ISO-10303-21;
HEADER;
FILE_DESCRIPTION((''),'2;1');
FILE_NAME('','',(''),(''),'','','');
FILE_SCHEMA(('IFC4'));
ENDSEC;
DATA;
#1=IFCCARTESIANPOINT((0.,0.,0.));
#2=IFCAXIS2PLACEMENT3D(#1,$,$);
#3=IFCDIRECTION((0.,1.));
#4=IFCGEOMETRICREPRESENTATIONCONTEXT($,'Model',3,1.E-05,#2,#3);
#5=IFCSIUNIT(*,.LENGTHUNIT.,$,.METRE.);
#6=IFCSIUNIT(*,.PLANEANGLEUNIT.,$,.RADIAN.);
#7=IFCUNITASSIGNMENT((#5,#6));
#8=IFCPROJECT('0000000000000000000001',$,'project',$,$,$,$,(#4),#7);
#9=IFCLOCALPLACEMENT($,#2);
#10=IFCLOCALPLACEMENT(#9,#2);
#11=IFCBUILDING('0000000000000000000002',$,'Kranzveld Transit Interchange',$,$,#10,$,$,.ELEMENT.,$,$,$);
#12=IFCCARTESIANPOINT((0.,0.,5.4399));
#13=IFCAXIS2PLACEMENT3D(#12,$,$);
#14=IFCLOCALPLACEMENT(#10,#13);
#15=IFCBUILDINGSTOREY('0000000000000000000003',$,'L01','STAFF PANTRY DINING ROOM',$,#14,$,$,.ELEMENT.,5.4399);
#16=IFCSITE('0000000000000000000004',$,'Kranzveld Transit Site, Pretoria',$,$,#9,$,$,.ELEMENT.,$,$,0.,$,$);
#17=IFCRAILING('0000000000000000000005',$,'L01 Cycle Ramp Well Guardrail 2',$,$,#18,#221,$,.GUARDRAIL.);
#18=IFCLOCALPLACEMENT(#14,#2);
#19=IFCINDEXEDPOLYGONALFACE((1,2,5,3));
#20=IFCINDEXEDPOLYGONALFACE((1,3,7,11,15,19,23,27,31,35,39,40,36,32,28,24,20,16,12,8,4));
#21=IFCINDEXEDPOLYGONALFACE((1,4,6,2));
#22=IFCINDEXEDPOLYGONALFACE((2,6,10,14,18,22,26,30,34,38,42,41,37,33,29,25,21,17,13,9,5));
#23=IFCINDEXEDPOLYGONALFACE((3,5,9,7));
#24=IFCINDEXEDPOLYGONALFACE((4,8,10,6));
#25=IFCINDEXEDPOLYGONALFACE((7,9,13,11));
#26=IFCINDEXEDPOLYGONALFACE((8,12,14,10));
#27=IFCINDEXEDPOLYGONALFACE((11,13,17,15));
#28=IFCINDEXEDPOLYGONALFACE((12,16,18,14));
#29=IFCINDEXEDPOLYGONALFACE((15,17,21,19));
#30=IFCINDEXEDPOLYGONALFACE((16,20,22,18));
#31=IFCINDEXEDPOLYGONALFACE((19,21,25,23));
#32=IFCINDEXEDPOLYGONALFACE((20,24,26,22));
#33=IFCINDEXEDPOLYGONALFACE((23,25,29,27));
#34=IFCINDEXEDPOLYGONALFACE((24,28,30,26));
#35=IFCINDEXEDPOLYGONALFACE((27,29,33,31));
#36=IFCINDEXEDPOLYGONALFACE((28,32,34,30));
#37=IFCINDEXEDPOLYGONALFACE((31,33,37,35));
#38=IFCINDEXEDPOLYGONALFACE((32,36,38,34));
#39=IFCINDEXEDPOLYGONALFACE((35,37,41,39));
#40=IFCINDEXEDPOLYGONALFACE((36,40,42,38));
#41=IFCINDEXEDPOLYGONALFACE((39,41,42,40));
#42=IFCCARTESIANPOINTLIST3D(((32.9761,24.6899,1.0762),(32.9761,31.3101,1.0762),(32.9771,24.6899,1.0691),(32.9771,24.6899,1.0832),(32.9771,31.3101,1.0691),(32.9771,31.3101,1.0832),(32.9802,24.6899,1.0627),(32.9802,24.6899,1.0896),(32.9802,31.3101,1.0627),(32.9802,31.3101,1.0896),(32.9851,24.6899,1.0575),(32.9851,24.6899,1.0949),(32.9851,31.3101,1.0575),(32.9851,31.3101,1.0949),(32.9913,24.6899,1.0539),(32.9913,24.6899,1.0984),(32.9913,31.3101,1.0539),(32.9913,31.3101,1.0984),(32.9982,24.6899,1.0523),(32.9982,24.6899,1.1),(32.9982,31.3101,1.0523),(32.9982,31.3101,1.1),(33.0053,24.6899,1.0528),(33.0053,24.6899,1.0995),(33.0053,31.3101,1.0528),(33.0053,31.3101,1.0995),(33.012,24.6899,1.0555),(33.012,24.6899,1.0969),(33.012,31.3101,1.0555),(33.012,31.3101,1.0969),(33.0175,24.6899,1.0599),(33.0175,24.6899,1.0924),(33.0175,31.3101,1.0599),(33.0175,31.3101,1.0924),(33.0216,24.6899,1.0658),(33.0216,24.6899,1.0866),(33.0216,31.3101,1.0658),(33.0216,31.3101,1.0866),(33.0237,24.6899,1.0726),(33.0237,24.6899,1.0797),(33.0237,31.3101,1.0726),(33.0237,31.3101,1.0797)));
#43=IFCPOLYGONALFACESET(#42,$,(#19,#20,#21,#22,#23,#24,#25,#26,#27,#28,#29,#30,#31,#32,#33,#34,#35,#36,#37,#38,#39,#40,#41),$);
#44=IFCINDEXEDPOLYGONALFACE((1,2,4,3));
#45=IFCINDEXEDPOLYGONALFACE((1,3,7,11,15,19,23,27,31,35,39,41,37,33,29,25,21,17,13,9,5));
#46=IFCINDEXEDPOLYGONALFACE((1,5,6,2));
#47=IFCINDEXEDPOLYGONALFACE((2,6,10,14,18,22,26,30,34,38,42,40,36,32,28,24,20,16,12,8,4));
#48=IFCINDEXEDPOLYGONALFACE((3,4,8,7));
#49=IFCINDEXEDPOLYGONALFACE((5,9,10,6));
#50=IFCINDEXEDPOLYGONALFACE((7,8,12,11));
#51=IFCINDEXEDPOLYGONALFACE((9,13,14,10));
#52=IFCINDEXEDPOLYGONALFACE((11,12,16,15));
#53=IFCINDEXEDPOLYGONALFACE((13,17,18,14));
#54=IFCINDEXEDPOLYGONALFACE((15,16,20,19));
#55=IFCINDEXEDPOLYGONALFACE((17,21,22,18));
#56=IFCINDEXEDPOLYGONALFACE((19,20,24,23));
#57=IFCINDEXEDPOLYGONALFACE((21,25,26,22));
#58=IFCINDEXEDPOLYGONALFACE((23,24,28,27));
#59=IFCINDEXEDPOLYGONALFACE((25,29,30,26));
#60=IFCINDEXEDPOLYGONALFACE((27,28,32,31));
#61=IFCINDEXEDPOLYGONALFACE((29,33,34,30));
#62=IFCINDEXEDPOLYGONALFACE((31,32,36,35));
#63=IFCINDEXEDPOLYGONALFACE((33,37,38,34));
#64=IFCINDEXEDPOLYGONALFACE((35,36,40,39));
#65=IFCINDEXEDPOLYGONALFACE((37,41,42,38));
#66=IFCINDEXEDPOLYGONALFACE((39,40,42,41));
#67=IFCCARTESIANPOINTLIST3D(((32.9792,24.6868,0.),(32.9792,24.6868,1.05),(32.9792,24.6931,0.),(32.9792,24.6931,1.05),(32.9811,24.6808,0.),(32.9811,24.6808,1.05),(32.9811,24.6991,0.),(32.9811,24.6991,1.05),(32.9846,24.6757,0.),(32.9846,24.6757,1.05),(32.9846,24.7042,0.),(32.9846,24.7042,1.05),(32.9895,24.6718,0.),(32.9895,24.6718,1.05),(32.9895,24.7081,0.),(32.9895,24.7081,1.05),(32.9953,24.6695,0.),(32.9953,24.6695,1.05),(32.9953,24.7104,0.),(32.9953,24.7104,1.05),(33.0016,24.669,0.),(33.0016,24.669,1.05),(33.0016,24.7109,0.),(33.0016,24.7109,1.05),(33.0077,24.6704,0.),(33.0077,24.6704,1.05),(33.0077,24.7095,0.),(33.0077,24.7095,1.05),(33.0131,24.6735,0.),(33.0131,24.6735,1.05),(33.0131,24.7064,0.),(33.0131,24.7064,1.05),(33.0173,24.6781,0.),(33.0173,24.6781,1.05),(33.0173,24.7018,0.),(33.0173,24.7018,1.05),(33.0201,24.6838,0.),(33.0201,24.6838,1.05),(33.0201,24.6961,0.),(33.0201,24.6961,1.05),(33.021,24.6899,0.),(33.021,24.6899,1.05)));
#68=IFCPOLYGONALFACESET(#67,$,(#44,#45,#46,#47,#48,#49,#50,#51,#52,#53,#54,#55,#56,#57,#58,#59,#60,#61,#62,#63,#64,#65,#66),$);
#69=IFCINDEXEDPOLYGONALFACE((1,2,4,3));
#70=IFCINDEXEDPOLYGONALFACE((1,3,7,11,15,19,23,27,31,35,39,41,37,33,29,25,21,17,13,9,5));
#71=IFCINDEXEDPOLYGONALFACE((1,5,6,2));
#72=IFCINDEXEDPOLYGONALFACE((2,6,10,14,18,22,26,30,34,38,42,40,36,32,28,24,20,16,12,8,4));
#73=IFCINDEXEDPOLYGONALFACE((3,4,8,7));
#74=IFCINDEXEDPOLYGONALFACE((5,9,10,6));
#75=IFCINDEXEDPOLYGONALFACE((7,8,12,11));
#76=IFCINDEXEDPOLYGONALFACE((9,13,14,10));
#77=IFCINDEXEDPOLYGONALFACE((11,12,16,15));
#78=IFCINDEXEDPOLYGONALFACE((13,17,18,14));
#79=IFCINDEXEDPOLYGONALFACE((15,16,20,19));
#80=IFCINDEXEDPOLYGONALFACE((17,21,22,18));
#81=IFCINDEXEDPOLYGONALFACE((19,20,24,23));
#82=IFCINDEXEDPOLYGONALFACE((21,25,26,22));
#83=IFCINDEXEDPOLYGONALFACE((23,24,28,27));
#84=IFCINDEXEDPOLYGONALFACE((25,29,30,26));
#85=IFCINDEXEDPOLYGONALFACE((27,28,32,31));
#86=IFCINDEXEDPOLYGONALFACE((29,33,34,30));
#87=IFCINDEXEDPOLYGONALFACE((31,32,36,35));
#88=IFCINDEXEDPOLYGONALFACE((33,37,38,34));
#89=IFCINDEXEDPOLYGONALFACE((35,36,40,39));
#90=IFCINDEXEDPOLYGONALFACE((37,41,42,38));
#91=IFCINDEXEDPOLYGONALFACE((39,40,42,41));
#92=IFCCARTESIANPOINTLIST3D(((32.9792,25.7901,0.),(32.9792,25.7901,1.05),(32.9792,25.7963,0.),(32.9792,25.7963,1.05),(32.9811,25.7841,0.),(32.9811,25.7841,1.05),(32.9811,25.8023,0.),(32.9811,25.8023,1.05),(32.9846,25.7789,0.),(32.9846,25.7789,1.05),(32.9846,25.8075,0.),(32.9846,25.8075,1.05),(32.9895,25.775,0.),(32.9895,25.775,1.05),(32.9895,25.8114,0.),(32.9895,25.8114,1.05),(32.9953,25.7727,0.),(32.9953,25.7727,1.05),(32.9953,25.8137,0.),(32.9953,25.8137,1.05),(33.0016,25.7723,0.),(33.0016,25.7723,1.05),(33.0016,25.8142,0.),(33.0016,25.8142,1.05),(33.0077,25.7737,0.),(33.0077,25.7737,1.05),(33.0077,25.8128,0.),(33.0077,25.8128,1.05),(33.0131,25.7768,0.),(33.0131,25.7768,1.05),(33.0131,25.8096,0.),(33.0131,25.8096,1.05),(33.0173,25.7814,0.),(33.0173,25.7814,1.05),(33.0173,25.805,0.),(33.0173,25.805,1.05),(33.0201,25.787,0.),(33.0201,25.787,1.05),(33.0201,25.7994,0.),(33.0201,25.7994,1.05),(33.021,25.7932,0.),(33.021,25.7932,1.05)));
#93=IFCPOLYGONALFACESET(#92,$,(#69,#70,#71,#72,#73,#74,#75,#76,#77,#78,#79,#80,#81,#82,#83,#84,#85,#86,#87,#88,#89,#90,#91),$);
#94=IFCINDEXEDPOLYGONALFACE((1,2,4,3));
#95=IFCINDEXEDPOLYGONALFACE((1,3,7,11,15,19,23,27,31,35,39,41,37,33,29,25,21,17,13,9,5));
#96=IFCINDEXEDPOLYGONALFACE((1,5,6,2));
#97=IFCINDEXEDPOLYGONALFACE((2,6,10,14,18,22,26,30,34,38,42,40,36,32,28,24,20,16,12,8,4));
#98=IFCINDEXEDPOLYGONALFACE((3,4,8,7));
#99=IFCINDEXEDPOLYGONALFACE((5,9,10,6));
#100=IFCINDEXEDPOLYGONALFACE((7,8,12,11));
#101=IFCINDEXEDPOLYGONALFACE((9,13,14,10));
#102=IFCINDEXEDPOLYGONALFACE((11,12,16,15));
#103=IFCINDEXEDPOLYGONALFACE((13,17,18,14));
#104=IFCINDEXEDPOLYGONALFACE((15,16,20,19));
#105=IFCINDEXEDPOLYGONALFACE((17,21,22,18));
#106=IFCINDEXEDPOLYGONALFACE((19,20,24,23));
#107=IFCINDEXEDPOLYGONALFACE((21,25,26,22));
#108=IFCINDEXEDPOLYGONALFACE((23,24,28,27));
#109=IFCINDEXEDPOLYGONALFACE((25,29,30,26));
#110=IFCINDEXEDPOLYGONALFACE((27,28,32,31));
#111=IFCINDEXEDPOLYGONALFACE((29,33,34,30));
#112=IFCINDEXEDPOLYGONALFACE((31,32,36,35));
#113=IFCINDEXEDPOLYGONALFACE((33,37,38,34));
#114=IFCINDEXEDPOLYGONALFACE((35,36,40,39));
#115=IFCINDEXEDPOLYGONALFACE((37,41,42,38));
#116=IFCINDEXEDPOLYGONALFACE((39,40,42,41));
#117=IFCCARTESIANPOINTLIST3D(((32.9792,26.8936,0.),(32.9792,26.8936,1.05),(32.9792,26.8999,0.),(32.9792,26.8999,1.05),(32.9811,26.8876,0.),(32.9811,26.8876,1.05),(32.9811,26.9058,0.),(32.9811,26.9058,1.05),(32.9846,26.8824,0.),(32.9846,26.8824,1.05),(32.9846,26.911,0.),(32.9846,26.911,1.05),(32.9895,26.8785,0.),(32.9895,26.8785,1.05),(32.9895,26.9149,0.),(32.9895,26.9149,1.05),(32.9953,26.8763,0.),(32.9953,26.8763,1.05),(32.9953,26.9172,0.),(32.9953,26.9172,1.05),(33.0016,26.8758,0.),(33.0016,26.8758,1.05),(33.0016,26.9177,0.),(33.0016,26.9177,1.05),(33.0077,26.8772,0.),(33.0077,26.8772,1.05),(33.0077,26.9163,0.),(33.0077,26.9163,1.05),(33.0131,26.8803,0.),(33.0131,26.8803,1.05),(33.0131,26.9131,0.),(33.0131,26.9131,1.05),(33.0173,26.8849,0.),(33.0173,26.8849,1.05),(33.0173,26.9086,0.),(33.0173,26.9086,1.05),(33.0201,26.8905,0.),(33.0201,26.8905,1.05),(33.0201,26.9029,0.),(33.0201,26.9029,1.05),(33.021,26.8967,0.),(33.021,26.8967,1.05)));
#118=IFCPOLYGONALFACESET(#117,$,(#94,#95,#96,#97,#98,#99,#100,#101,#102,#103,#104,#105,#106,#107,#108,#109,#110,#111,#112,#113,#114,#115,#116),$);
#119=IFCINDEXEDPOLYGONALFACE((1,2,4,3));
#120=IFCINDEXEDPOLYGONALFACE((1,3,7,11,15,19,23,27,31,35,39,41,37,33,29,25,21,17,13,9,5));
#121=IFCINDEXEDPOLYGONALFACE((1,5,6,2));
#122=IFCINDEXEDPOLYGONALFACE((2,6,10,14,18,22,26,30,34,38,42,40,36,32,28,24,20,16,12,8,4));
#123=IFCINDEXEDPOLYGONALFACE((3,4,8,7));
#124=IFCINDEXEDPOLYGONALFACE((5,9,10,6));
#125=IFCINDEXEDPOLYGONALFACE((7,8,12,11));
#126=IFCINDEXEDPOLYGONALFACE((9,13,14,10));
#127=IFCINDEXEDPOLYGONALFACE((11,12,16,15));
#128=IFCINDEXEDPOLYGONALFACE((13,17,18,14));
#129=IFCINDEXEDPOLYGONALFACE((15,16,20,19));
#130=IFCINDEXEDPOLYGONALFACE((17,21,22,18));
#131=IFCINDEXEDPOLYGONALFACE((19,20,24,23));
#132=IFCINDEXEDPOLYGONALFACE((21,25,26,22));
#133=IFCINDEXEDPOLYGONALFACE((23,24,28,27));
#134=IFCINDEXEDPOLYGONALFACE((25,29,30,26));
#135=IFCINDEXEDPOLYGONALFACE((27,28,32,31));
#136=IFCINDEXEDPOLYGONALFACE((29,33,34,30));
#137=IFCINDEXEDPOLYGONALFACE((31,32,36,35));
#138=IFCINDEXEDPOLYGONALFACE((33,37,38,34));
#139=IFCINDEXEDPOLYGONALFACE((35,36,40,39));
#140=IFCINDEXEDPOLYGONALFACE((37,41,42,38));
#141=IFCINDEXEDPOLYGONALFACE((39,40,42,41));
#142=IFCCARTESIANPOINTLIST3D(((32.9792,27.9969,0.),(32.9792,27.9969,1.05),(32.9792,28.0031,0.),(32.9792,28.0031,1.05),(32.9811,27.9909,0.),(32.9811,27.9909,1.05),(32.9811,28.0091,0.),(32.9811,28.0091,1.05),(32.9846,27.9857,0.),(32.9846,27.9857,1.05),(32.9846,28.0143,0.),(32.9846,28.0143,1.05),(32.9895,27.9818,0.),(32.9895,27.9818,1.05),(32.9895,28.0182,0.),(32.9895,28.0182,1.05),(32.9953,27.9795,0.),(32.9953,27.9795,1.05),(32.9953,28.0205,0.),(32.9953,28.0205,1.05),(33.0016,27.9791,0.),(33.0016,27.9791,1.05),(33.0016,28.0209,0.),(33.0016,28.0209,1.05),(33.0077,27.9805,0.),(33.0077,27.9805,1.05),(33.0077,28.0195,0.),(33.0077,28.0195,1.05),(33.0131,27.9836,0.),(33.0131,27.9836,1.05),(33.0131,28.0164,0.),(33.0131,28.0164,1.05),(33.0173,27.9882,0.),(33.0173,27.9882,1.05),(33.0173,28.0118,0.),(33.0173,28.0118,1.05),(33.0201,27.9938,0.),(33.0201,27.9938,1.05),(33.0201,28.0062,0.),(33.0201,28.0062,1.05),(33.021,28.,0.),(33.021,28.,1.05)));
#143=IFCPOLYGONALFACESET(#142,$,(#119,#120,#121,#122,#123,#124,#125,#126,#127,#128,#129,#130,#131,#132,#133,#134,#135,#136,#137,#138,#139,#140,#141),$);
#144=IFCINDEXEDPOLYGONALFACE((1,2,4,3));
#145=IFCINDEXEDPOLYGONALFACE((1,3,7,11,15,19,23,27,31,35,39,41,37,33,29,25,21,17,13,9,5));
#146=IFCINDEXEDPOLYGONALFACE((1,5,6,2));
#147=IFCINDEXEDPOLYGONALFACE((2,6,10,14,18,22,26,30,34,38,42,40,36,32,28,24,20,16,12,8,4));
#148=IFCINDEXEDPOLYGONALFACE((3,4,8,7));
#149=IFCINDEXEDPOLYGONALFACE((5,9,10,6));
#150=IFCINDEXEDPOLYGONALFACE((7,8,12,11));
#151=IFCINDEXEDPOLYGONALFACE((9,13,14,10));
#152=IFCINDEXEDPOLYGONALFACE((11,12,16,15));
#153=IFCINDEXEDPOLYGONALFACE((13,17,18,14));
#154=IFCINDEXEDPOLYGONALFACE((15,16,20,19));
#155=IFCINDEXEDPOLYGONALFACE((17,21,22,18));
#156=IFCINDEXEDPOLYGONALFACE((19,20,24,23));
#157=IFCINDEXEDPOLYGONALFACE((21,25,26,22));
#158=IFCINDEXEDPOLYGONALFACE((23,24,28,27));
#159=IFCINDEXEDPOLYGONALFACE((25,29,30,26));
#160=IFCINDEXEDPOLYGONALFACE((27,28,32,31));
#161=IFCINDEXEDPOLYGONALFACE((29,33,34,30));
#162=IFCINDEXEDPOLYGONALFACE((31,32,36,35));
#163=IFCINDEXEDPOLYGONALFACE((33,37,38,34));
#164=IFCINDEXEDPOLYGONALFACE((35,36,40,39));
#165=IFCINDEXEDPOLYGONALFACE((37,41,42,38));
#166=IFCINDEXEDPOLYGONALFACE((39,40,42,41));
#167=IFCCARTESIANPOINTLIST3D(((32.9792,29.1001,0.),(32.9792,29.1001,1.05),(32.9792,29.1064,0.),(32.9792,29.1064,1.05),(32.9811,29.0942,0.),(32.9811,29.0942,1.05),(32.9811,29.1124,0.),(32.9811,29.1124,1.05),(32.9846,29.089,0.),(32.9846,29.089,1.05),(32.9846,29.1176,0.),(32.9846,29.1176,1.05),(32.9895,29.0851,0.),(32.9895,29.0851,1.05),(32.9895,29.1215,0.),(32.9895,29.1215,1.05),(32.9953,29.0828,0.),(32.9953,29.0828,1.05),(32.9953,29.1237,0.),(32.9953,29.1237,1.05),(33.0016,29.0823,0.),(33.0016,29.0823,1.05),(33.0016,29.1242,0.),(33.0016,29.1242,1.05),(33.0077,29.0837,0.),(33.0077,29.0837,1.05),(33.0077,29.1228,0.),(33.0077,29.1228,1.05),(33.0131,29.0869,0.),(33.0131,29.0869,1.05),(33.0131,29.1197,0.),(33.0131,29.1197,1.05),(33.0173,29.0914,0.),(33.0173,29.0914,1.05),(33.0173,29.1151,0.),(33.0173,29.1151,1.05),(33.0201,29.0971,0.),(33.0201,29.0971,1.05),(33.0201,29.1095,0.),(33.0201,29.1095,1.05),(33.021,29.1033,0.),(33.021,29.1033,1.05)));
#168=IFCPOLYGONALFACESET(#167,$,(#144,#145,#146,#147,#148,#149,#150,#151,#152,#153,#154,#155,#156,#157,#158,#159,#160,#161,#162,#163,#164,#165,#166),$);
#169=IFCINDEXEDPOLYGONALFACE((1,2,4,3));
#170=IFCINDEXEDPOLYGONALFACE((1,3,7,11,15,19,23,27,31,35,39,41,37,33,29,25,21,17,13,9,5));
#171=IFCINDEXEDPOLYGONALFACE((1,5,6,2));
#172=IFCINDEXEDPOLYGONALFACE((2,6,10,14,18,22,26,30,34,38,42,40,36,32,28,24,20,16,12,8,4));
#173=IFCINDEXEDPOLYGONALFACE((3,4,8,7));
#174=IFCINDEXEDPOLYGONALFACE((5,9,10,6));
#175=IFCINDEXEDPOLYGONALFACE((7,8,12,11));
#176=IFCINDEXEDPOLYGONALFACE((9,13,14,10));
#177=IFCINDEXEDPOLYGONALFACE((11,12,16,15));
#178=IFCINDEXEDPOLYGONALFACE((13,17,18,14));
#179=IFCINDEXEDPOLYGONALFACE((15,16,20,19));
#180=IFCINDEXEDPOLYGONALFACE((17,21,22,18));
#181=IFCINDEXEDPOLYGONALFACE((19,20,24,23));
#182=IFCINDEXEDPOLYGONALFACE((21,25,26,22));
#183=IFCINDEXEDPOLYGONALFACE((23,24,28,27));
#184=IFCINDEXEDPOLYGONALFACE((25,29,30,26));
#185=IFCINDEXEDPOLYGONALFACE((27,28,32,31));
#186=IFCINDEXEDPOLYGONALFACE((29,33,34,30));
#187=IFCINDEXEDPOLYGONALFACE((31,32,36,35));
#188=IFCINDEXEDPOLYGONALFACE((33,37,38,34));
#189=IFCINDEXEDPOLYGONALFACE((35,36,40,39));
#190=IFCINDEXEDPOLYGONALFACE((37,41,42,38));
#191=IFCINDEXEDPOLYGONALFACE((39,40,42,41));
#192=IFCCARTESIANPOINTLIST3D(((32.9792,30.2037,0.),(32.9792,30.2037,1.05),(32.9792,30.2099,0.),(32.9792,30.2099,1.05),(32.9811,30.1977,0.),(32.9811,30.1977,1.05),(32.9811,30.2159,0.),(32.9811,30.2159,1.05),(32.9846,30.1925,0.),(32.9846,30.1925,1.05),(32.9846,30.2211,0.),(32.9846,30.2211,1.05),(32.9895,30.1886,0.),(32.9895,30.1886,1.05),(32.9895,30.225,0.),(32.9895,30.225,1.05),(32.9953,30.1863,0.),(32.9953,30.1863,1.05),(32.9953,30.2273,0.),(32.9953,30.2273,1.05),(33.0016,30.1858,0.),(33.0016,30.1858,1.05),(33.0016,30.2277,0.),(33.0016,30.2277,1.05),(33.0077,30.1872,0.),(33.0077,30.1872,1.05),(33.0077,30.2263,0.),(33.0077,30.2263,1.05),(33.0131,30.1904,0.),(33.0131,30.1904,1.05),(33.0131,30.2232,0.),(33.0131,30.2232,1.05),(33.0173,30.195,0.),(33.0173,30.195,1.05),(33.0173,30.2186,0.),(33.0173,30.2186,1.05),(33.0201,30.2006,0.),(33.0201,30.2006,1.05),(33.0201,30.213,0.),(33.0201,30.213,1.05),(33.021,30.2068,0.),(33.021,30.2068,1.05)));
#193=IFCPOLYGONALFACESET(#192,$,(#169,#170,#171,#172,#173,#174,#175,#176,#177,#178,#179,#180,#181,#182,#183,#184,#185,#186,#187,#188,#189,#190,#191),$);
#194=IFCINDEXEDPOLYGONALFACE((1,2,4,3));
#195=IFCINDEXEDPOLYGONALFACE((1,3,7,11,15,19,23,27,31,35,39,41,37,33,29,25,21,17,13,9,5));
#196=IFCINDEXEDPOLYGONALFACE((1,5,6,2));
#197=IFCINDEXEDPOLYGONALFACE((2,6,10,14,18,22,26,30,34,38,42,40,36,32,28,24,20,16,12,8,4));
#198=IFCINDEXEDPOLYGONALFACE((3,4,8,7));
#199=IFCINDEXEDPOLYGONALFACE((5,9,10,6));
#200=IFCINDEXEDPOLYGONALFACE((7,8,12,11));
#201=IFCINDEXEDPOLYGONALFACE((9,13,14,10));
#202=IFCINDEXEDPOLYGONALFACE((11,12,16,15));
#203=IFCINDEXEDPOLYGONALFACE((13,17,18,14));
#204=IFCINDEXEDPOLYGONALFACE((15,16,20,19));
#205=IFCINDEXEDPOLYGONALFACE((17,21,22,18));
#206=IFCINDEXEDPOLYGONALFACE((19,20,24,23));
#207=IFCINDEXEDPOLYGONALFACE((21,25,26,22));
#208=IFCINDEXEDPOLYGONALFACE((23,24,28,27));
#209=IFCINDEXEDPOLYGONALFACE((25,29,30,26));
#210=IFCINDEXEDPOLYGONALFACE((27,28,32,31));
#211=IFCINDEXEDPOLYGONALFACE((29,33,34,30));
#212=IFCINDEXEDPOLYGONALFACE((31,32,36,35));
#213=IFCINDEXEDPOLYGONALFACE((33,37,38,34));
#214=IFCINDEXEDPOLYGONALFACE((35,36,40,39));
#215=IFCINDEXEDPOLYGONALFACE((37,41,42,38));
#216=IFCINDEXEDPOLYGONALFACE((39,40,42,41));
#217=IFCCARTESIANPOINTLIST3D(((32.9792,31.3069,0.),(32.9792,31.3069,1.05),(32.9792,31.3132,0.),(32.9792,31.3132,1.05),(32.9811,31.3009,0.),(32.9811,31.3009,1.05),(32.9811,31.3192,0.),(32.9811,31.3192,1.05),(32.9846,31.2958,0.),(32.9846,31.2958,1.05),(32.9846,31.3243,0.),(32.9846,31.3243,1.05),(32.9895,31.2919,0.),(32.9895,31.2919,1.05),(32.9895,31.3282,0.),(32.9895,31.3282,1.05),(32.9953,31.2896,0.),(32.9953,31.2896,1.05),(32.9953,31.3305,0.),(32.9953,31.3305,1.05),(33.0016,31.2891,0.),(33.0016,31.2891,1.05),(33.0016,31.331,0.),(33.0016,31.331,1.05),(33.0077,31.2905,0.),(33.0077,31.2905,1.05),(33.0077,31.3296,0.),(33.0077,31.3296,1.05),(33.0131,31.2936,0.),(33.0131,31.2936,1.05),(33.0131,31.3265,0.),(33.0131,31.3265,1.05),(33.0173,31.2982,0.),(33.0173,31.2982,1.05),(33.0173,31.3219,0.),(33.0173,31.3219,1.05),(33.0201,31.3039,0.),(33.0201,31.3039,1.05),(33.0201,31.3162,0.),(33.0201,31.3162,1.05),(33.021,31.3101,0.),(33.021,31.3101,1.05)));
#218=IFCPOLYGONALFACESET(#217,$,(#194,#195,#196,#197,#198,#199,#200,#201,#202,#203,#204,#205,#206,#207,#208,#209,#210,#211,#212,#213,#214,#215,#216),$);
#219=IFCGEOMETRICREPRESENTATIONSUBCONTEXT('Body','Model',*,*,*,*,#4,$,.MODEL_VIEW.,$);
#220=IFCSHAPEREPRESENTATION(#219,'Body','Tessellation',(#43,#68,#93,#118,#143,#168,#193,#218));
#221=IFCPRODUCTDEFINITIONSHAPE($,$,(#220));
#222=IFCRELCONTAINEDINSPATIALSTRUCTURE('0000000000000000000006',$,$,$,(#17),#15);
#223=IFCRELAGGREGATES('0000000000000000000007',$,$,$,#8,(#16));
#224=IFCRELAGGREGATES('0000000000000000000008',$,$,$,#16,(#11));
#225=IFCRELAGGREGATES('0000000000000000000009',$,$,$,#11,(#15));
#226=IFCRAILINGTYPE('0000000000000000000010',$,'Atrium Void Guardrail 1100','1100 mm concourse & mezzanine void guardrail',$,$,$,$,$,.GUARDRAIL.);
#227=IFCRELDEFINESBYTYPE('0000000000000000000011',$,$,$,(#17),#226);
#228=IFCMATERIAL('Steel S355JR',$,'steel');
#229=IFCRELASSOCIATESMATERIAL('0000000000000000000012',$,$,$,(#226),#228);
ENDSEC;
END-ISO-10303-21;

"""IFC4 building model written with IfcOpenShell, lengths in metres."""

from ifc_helpers import new_model, si_unit, direction, frame, origin, origin_2d, place, context, subcontext, project, spatial, circle, extrude, material, type_object, element, save


model = new_model("IFC4")

# Units and contexts
model_context = context("Model", 3, precision=1e-05, world=origin(), true_north=direction((0.0, 1.0)))
body_context = subcontext(model_context, "Body", "Model", "MODEL_VIEW")
ifc_project = project(units=[si_unit("LENGTHUNIT", "METRE"), si_unit("PLANEANGLEUNIT", "RADIAN")], contexts=[model_context])

# Site, building, storey
site_placement = place(None, origin())
site = spatial("IfcSite", under=ifc_project, at=site_placement, Name="Kranzveld Transit Site, Pretoria", CompositionType="ELEMENT", RefElevation=0.0)
building_placement = place(site_placement, origin())
building = spatial("IfcBuilding", under=site, at=building_placement, Name="Kranzveld Transit Interchange", CompositionType="ELEMENT")
storey_placement = place(building_placement, frame((0.0, 0.0, 5.4399)))
storey = spatial("IfcBuildingStorey", under=building, at=storey_placement, Name="L01", Description="STAFF PANTRY DINING ROOM", CompositionType="ELEMENT", Elevation=5.4399)

# Railing
ifc_material_1 = material(Name="Steel S355JR", Category="steel")
railing_type = type_object("IfcRailingType", Name="Atrium Void Guardrail 1100", Description="1100 mm concourse & mezzanine void guardrail", PredefinedType="GUARDRAIL", material=ifc_material_1)
railing_1_placement = place(storey_placement, frame((33.0, 24.6899, 0.0)))
element("IfcRailing", 1, at=railing_1_placement, inside=storey, type_object=railing_type, Name="L01 Cycle Ramp Well Guardrail 2", PredefinedType="GUARDRAIL", context=body_context, shape_type="SweptSolid", body=[
    extrude(circle(Radius=0.0239, at=origin_2d()), frame((0.0, 0.0, 1.0762), z_axis=(0.0, 1.0, 0.0), x_axis=(-1.0, 0.0, 0.0)), (0.0, 0.0, 1.0), 6.6201),
    extrude(circle(Radius=0.021, at=origin_2d()), origin(), (0.0, 0.0, 1.0), 1.05),
    extrude(circle(Radius=0.021, at=origin_2d()), frame((0.0, 1.1033, 0.0)), (0.0, 0.0, 1.0), 1.05),
    extrude(circle(Radius=0.021, at=origin_2d()), frame((0.0, 2.2068, 0.0)), (0.0, 0.0, 1.0), 1.05),
    extrude(circle(Radius=0.021, at=origin_2d()), frame((0.0, 3.3101, 0.0)), (0.0, 0.0, 1.0), 1.05),
    extrude(circle(Radius=0.021, at=origin_2d()), frame((0.0, 4.4133, 0.0)), (0.0, 0.0, 1.0), 1.05),
    extrude(circle(Radius=0.021, at=origin_2d()), frame((0.0, 5.5168, 0.0)), (0.0, 0.0, 1.0), 1.05),
    extrude(circle(Radius=0.021, at=origin_2d()), frame((0.0, 6.6201, 0.0)), (0.0, 0.0, 1.0), 1.05),
])

save(model, "model.ifc")
